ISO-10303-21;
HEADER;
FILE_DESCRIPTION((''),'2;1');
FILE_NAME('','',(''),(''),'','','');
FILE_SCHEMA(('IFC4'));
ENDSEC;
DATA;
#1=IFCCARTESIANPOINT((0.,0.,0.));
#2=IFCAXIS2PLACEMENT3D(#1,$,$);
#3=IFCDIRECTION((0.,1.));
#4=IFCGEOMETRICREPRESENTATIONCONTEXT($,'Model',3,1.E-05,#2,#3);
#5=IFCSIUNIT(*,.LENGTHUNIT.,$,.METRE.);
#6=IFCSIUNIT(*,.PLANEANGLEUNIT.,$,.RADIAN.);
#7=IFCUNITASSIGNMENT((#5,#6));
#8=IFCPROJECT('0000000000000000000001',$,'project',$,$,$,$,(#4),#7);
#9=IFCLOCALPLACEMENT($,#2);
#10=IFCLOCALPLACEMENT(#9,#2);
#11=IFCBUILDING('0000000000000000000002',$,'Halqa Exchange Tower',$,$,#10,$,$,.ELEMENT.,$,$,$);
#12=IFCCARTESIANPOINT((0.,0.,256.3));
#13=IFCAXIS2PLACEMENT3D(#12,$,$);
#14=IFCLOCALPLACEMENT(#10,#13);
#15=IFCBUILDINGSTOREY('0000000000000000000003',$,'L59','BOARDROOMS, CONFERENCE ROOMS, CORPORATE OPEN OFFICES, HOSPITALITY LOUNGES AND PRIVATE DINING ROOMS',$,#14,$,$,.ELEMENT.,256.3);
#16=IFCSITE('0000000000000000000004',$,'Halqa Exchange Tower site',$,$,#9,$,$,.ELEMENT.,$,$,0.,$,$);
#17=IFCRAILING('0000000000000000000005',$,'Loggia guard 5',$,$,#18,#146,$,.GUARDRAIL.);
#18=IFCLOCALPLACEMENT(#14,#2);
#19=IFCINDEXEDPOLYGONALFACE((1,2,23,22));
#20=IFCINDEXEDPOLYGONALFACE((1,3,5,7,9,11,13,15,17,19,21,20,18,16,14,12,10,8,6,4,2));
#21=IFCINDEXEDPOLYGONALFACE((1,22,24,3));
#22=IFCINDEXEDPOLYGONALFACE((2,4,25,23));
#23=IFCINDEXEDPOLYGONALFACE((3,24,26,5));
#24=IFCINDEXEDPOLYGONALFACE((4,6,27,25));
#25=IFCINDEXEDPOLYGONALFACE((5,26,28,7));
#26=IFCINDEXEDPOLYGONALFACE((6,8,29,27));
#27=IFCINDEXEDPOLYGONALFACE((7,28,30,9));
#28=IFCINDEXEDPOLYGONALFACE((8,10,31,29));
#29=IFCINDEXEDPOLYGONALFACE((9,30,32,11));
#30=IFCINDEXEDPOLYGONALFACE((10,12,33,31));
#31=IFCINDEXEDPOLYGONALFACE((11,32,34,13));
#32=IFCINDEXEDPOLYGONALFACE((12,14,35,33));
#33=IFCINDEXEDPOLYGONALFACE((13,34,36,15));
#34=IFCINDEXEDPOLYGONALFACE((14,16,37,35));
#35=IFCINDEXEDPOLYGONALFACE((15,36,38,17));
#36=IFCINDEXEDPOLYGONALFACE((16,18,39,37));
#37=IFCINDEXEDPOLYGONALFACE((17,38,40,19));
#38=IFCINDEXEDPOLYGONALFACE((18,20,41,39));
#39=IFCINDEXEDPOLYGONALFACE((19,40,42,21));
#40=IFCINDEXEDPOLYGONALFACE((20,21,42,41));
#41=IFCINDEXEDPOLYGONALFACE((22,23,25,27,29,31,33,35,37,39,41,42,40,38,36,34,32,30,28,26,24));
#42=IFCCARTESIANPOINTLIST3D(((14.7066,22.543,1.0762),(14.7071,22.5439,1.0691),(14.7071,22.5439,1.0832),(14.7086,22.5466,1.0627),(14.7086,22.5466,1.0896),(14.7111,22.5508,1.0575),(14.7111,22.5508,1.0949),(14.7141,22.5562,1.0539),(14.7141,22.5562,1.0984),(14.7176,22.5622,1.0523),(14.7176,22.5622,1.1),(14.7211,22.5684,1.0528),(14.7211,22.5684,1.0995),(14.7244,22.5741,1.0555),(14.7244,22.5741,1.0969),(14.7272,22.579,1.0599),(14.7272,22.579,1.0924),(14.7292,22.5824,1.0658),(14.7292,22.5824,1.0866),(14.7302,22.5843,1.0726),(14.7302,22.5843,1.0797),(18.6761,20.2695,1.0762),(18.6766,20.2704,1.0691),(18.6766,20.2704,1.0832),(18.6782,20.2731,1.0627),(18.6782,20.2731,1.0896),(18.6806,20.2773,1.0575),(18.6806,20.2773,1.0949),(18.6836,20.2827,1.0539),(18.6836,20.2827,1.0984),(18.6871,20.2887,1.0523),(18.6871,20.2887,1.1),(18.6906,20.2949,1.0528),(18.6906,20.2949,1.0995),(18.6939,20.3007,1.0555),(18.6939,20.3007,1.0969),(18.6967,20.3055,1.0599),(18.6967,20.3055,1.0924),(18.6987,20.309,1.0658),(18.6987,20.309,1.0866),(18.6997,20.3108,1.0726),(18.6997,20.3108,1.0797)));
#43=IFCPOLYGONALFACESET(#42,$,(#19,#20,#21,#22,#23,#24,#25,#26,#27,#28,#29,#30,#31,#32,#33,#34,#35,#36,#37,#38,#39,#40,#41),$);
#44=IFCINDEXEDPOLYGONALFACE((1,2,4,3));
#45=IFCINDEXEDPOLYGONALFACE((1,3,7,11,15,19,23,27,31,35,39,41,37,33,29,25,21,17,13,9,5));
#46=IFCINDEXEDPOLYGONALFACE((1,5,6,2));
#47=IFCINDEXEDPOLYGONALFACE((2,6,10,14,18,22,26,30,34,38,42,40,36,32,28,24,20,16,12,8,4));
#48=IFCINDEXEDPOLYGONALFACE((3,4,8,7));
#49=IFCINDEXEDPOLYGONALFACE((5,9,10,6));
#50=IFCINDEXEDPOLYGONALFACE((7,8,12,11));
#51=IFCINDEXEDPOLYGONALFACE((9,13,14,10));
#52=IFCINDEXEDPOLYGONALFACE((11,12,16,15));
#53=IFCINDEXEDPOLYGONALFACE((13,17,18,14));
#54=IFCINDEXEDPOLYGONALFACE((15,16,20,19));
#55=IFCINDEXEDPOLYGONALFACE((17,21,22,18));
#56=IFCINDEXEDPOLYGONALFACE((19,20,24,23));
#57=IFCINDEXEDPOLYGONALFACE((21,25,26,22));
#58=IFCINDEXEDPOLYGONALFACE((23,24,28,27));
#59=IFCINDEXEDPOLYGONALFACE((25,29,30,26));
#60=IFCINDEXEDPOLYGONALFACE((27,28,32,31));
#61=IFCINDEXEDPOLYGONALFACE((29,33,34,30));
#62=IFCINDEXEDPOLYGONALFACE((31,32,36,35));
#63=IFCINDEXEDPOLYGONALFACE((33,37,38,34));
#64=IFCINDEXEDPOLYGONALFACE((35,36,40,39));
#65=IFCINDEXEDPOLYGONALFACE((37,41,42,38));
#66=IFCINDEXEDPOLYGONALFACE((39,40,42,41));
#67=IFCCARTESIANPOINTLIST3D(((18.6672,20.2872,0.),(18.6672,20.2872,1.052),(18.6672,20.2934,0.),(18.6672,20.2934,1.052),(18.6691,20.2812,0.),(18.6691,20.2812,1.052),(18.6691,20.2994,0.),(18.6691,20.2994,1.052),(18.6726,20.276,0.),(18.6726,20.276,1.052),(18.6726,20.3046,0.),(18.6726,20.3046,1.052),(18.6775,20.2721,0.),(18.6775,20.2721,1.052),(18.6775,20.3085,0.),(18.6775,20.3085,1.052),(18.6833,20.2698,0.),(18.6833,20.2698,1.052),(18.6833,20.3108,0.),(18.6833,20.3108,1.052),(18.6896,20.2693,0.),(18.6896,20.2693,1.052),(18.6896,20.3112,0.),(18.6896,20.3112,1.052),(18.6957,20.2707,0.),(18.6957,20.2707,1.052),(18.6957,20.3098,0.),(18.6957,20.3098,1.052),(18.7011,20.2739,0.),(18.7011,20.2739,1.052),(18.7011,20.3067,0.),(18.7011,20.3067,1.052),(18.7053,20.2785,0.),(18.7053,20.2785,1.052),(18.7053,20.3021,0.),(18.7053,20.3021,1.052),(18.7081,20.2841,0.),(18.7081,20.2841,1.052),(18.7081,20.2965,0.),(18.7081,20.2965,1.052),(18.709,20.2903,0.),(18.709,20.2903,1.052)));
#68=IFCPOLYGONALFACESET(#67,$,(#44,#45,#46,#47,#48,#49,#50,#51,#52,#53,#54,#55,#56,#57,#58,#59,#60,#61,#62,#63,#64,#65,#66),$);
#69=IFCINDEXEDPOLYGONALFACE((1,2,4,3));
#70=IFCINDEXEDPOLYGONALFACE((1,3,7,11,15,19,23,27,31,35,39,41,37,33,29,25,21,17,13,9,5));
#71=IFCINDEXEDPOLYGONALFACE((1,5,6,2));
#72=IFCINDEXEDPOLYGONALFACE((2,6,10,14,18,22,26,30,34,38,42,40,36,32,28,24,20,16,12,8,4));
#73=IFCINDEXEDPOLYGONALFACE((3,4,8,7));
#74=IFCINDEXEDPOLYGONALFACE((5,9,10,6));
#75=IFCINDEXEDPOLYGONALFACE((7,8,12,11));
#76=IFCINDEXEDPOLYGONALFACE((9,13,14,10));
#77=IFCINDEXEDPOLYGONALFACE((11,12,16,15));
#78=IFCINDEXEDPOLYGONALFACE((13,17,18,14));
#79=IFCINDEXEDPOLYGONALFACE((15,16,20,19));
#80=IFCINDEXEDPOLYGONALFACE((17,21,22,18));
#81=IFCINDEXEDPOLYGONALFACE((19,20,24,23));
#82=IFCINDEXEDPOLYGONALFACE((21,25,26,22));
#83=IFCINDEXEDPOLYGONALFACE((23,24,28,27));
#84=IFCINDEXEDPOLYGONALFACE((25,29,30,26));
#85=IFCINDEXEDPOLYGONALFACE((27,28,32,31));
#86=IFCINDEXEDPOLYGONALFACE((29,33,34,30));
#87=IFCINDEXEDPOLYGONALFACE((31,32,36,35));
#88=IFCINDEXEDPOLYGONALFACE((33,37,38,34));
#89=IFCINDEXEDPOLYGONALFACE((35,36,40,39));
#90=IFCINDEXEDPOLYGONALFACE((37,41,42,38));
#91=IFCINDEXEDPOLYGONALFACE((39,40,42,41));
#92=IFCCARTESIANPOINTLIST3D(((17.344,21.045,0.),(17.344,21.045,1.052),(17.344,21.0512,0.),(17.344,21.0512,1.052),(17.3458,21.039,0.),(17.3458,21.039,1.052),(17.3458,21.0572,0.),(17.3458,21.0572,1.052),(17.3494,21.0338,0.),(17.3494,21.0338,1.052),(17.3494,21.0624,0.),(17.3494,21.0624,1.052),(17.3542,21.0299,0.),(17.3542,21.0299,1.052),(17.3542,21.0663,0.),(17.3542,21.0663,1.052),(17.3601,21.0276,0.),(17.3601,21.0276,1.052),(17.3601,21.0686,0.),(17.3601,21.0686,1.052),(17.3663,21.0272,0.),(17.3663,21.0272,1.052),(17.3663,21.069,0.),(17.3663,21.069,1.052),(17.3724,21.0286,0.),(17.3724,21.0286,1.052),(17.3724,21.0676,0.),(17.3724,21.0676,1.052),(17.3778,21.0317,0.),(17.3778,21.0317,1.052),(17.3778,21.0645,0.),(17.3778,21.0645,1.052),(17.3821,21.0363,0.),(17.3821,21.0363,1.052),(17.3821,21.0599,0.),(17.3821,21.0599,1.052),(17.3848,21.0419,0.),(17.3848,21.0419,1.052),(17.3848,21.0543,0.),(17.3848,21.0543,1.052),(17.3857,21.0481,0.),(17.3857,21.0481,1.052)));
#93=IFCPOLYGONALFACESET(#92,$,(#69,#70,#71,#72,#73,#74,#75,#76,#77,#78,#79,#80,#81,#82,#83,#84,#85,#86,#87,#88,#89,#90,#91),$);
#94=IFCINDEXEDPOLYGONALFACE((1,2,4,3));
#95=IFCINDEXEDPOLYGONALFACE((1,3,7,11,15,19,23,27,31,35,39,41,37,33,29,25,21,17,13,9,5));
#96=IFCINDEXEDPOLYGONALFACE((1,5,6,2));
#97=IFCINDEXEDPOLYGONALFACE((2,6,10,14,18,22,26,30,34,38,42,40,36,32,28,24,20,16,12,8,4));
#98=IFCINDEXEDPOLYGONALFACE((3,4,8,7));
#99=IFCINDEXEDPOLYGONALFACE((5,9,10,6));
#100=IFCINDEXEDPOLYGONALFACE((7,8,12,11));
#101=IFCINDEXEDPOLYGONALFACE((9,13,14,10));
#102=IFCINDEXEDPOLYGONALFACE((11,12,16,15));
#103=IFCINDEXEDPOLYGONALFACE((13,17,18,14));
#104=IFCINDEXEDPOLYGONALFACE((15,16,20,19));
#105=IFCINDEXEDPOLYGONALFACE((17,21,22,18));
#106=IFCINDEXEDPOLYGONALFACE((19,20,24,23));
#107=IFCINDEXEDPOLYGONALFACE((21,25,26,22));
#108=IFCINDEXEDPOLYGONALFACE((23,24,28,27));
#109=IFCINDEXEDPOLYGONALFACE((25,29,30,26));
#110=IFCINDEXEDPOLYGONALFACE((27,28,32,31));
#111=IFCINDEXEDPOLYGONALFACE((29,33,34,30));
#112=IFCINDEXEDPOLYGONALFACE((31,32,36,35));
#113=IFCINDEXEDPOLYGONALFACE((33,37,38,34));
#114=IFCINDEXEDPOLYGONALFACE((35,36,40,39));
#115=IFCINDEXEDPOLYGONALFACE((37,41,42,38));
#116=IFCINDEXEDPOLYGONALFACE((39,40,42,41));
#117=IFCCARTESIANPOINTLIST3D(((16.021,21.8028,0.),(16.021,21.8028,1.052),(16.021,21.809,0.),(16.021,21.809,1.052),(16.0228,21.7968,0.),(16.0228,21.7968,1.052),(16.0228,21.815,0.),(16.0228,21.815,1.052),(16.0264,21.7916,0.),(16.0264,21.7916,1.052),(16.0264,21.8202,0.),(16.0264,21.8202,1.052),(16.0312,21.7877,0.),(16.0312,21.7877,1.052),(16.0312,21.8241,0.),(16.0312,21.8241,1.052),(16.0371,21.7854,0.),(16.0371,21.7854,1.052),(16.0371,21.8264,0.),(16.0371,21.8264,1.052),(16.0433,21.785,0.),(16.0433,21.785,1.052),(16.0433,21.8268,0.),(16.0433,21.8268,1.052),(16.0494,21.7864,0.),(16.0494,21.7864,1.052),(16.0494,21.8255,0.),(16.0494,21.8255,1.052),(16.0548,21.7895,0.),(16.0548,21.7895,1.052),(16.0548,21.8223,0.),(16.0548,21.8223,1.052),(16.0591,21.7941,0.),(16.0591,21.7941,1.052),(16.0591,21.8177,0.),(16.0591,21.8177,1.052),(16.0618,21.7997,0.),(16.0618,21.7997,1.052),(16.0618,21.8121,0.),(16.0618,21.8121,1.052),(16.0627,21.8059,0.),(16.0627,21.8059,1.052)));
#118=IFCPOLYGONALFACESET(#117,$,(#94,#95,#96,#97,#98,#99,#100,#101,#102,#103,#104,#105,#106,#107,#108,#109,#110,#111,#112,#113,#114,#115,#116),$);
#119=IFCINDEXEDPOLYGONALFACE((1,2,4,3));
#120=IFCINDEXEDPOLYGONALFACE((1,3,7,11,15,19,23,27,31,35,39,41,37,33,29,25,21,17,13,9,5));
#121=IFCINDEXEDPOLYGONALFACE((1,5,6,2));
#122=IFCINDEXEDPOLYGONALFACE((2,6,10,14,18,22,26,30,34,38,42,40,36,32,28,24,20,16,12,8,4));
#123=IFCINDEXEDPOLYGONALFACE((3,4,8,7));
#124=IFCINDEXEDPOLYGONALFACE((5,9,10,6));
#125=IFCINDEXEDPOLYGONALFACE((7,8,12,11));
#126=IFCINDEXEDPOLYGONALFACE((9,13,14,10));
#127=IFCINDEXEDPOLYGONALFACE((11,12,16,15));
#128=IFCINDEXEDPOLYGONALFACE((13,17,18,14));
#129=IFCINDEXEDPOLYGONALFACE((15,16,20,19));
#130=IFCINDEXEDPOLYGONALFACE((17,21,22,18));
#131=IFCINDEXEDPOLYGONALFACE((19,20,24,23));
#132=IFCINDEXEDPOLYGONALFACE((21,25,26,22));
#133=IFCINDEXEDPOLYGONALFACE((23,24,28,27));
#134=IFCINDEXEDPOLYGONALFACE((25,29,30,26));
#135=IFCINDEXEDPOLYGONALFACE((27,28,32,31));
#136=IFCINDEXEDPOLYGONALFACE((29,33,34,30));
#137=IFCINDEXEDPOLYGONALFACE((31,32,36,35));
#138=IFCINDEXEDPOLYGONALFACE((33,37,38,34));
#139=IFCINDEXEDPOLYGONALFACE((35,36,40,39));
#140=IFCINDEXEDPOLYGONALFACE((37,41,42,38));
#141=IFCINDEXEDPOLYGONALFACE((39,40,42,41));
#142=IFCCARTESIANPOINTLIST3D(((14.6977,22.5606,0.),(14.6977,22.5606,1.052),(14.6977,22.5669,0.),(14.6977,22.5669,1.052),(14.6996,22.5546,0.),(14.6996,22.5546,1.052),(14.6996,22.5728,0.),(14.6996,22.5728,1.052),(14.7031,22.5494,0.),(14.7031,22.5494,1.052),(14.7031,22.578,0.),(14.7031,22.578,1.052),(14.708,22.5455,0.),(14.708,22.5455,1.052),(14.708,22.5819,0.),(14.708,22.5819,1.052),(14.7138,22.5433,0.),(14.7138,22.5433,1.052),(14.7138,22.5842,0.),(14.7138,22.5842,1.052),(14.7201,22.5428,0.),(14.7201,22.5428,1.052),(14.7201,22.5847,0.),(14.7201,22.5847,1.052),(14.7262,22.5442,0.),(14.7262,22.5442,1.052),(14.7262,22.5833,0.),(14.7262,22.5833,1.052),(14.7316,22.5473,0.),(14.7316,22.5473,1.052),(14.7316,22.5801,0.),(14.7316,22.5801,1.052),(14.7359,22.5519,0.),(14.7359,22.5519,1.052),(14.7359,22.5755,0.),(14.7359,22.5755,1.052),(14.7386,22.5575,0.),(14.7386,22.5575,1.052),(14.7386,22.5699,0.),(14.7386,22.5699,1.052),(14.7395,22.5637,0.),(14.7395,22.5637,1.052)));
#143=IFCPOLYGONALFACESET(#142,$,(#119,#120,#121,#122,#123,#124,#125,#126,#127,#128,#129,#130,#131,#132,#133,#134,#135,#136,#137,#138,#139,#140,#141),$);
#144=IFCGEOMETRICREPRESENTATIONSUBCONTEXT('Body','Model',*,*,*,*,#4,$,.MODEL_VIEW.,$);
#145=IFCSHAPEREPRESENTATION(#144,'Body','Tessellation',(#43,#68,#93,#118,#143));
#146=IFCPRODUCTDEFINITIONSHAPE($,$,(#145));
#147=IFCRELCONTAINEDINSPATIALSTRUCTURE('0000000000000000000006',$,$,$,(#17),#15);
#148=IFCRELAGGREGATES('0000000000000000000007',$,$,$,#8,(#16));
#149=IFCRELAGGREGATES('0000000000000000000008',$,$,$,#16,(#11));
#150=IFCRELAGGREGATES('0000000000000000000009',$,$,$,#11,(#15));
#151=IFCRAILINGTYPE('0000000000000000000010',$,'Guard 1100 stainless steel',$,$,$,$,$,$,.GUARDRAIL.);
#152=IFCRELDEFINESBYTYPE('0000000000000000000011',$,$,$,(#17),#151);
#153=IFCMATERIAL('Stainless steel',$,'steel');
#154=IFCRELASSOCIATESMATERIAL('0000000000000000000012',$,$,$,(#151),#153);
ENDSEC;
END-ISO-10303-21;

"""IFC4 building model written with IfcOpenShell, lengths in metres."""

from ifc_helpers import new_model, si_unit, direction, frame, origin, origin_2d, place, context, subcontext, project, spatial, circle, extrude, material, type_object, element, save


model = new_model("IFC4")

# Units and contexts
model_context = context("Model", 3, precision=1e-05, world=origin(), true_north=direction((0.0, 1.0)))
body_context = subcontext(model_context, "Body", "Model", "MODEL_VIEW")
ifc_project = project(units=[si_unit("LENGTHUNIT", "METRE"), si_unit("PLANEANGLEUNIT", "RADIAN")], contexts=[model_context])

# Site, building, storey
site_placement = place(None, origin())
site = spatial("IfcSite", under=ifc_project, at=site_placement, Name="Halqa Exchange Tower site", CompositionType="ELEMENT", RefElevation=0.0)
building_placement = place(site_placement, origin())
building = spatial("IfcBuilding", under=site, at=building_placement, Name="Halqa Exchange Tower", CompositionType="ELEMENT")
storey_placement = place(building_placement, frame((0.0, 0.0, 256.3)))
storey = spatial("IfcBuildingStorey", under=building, at=storey_placement, Name="L59", Description="BOARDROOMS, CONFERENCE ROOMS, CORPORATE OPEN OFFICES, HOSPITALITY LOUNGES AND PRIVATE DINING ROOMS", CompositionType="ELEMENT", Elevation=256.3)

# Railing
ifc_material_1 = material(Name="Stainless steel", Category="steel")
railing_type = type_object("IfcRailingType", Name="Guard 1100 stainless steel", PredefinedType="GUARDRAIL", material=ifc_material_1)
railing_1_placement = place(storey_placement, frame((18.688, 20.2903, 0.0)))
element("IfcRailing", 1, at=railing_1_placement, inside=storey, type_object=railing_type, Name="Loggia guard 5", PredefinedType="GUARDRAIL", context=body_context, shape_type="SweptSolid", body=[
    extrude(circle(Radius=0.0239, at=origin_2d()), frame((0.0, 0.0, 1.0762), z_axis=(-0.867757, 0.496989, 0.0), x_axis=(-0.496989, -0.867757, 0.0)), (0.0, 0.0, 1.0), 4.5745),
    extrude(circle(Radius=0.021, at=origin_2d()), origin(), (0.0, 0.0, 1.0), 1.052),
    extrude(circle(Radius=0.021, at=origin_2d()), frame((-1.3232, 0.7578, 0.0)), (0.0, 0.0, 1.0), 1.052),
    extrude(circle(Radius=0.021, at=origin_2d()), frame((-2.6462, 1.5156, 0.0)), (0.0, 0.0, 1.0), 1.052),
    extrude(circle(Radius=0.021, at=origin_2d()), frame((-3.9695, 2.2734, 0.0)), (0.0, 0.0, 1.0), 1.052),
])

save(model, "model.ifc")
